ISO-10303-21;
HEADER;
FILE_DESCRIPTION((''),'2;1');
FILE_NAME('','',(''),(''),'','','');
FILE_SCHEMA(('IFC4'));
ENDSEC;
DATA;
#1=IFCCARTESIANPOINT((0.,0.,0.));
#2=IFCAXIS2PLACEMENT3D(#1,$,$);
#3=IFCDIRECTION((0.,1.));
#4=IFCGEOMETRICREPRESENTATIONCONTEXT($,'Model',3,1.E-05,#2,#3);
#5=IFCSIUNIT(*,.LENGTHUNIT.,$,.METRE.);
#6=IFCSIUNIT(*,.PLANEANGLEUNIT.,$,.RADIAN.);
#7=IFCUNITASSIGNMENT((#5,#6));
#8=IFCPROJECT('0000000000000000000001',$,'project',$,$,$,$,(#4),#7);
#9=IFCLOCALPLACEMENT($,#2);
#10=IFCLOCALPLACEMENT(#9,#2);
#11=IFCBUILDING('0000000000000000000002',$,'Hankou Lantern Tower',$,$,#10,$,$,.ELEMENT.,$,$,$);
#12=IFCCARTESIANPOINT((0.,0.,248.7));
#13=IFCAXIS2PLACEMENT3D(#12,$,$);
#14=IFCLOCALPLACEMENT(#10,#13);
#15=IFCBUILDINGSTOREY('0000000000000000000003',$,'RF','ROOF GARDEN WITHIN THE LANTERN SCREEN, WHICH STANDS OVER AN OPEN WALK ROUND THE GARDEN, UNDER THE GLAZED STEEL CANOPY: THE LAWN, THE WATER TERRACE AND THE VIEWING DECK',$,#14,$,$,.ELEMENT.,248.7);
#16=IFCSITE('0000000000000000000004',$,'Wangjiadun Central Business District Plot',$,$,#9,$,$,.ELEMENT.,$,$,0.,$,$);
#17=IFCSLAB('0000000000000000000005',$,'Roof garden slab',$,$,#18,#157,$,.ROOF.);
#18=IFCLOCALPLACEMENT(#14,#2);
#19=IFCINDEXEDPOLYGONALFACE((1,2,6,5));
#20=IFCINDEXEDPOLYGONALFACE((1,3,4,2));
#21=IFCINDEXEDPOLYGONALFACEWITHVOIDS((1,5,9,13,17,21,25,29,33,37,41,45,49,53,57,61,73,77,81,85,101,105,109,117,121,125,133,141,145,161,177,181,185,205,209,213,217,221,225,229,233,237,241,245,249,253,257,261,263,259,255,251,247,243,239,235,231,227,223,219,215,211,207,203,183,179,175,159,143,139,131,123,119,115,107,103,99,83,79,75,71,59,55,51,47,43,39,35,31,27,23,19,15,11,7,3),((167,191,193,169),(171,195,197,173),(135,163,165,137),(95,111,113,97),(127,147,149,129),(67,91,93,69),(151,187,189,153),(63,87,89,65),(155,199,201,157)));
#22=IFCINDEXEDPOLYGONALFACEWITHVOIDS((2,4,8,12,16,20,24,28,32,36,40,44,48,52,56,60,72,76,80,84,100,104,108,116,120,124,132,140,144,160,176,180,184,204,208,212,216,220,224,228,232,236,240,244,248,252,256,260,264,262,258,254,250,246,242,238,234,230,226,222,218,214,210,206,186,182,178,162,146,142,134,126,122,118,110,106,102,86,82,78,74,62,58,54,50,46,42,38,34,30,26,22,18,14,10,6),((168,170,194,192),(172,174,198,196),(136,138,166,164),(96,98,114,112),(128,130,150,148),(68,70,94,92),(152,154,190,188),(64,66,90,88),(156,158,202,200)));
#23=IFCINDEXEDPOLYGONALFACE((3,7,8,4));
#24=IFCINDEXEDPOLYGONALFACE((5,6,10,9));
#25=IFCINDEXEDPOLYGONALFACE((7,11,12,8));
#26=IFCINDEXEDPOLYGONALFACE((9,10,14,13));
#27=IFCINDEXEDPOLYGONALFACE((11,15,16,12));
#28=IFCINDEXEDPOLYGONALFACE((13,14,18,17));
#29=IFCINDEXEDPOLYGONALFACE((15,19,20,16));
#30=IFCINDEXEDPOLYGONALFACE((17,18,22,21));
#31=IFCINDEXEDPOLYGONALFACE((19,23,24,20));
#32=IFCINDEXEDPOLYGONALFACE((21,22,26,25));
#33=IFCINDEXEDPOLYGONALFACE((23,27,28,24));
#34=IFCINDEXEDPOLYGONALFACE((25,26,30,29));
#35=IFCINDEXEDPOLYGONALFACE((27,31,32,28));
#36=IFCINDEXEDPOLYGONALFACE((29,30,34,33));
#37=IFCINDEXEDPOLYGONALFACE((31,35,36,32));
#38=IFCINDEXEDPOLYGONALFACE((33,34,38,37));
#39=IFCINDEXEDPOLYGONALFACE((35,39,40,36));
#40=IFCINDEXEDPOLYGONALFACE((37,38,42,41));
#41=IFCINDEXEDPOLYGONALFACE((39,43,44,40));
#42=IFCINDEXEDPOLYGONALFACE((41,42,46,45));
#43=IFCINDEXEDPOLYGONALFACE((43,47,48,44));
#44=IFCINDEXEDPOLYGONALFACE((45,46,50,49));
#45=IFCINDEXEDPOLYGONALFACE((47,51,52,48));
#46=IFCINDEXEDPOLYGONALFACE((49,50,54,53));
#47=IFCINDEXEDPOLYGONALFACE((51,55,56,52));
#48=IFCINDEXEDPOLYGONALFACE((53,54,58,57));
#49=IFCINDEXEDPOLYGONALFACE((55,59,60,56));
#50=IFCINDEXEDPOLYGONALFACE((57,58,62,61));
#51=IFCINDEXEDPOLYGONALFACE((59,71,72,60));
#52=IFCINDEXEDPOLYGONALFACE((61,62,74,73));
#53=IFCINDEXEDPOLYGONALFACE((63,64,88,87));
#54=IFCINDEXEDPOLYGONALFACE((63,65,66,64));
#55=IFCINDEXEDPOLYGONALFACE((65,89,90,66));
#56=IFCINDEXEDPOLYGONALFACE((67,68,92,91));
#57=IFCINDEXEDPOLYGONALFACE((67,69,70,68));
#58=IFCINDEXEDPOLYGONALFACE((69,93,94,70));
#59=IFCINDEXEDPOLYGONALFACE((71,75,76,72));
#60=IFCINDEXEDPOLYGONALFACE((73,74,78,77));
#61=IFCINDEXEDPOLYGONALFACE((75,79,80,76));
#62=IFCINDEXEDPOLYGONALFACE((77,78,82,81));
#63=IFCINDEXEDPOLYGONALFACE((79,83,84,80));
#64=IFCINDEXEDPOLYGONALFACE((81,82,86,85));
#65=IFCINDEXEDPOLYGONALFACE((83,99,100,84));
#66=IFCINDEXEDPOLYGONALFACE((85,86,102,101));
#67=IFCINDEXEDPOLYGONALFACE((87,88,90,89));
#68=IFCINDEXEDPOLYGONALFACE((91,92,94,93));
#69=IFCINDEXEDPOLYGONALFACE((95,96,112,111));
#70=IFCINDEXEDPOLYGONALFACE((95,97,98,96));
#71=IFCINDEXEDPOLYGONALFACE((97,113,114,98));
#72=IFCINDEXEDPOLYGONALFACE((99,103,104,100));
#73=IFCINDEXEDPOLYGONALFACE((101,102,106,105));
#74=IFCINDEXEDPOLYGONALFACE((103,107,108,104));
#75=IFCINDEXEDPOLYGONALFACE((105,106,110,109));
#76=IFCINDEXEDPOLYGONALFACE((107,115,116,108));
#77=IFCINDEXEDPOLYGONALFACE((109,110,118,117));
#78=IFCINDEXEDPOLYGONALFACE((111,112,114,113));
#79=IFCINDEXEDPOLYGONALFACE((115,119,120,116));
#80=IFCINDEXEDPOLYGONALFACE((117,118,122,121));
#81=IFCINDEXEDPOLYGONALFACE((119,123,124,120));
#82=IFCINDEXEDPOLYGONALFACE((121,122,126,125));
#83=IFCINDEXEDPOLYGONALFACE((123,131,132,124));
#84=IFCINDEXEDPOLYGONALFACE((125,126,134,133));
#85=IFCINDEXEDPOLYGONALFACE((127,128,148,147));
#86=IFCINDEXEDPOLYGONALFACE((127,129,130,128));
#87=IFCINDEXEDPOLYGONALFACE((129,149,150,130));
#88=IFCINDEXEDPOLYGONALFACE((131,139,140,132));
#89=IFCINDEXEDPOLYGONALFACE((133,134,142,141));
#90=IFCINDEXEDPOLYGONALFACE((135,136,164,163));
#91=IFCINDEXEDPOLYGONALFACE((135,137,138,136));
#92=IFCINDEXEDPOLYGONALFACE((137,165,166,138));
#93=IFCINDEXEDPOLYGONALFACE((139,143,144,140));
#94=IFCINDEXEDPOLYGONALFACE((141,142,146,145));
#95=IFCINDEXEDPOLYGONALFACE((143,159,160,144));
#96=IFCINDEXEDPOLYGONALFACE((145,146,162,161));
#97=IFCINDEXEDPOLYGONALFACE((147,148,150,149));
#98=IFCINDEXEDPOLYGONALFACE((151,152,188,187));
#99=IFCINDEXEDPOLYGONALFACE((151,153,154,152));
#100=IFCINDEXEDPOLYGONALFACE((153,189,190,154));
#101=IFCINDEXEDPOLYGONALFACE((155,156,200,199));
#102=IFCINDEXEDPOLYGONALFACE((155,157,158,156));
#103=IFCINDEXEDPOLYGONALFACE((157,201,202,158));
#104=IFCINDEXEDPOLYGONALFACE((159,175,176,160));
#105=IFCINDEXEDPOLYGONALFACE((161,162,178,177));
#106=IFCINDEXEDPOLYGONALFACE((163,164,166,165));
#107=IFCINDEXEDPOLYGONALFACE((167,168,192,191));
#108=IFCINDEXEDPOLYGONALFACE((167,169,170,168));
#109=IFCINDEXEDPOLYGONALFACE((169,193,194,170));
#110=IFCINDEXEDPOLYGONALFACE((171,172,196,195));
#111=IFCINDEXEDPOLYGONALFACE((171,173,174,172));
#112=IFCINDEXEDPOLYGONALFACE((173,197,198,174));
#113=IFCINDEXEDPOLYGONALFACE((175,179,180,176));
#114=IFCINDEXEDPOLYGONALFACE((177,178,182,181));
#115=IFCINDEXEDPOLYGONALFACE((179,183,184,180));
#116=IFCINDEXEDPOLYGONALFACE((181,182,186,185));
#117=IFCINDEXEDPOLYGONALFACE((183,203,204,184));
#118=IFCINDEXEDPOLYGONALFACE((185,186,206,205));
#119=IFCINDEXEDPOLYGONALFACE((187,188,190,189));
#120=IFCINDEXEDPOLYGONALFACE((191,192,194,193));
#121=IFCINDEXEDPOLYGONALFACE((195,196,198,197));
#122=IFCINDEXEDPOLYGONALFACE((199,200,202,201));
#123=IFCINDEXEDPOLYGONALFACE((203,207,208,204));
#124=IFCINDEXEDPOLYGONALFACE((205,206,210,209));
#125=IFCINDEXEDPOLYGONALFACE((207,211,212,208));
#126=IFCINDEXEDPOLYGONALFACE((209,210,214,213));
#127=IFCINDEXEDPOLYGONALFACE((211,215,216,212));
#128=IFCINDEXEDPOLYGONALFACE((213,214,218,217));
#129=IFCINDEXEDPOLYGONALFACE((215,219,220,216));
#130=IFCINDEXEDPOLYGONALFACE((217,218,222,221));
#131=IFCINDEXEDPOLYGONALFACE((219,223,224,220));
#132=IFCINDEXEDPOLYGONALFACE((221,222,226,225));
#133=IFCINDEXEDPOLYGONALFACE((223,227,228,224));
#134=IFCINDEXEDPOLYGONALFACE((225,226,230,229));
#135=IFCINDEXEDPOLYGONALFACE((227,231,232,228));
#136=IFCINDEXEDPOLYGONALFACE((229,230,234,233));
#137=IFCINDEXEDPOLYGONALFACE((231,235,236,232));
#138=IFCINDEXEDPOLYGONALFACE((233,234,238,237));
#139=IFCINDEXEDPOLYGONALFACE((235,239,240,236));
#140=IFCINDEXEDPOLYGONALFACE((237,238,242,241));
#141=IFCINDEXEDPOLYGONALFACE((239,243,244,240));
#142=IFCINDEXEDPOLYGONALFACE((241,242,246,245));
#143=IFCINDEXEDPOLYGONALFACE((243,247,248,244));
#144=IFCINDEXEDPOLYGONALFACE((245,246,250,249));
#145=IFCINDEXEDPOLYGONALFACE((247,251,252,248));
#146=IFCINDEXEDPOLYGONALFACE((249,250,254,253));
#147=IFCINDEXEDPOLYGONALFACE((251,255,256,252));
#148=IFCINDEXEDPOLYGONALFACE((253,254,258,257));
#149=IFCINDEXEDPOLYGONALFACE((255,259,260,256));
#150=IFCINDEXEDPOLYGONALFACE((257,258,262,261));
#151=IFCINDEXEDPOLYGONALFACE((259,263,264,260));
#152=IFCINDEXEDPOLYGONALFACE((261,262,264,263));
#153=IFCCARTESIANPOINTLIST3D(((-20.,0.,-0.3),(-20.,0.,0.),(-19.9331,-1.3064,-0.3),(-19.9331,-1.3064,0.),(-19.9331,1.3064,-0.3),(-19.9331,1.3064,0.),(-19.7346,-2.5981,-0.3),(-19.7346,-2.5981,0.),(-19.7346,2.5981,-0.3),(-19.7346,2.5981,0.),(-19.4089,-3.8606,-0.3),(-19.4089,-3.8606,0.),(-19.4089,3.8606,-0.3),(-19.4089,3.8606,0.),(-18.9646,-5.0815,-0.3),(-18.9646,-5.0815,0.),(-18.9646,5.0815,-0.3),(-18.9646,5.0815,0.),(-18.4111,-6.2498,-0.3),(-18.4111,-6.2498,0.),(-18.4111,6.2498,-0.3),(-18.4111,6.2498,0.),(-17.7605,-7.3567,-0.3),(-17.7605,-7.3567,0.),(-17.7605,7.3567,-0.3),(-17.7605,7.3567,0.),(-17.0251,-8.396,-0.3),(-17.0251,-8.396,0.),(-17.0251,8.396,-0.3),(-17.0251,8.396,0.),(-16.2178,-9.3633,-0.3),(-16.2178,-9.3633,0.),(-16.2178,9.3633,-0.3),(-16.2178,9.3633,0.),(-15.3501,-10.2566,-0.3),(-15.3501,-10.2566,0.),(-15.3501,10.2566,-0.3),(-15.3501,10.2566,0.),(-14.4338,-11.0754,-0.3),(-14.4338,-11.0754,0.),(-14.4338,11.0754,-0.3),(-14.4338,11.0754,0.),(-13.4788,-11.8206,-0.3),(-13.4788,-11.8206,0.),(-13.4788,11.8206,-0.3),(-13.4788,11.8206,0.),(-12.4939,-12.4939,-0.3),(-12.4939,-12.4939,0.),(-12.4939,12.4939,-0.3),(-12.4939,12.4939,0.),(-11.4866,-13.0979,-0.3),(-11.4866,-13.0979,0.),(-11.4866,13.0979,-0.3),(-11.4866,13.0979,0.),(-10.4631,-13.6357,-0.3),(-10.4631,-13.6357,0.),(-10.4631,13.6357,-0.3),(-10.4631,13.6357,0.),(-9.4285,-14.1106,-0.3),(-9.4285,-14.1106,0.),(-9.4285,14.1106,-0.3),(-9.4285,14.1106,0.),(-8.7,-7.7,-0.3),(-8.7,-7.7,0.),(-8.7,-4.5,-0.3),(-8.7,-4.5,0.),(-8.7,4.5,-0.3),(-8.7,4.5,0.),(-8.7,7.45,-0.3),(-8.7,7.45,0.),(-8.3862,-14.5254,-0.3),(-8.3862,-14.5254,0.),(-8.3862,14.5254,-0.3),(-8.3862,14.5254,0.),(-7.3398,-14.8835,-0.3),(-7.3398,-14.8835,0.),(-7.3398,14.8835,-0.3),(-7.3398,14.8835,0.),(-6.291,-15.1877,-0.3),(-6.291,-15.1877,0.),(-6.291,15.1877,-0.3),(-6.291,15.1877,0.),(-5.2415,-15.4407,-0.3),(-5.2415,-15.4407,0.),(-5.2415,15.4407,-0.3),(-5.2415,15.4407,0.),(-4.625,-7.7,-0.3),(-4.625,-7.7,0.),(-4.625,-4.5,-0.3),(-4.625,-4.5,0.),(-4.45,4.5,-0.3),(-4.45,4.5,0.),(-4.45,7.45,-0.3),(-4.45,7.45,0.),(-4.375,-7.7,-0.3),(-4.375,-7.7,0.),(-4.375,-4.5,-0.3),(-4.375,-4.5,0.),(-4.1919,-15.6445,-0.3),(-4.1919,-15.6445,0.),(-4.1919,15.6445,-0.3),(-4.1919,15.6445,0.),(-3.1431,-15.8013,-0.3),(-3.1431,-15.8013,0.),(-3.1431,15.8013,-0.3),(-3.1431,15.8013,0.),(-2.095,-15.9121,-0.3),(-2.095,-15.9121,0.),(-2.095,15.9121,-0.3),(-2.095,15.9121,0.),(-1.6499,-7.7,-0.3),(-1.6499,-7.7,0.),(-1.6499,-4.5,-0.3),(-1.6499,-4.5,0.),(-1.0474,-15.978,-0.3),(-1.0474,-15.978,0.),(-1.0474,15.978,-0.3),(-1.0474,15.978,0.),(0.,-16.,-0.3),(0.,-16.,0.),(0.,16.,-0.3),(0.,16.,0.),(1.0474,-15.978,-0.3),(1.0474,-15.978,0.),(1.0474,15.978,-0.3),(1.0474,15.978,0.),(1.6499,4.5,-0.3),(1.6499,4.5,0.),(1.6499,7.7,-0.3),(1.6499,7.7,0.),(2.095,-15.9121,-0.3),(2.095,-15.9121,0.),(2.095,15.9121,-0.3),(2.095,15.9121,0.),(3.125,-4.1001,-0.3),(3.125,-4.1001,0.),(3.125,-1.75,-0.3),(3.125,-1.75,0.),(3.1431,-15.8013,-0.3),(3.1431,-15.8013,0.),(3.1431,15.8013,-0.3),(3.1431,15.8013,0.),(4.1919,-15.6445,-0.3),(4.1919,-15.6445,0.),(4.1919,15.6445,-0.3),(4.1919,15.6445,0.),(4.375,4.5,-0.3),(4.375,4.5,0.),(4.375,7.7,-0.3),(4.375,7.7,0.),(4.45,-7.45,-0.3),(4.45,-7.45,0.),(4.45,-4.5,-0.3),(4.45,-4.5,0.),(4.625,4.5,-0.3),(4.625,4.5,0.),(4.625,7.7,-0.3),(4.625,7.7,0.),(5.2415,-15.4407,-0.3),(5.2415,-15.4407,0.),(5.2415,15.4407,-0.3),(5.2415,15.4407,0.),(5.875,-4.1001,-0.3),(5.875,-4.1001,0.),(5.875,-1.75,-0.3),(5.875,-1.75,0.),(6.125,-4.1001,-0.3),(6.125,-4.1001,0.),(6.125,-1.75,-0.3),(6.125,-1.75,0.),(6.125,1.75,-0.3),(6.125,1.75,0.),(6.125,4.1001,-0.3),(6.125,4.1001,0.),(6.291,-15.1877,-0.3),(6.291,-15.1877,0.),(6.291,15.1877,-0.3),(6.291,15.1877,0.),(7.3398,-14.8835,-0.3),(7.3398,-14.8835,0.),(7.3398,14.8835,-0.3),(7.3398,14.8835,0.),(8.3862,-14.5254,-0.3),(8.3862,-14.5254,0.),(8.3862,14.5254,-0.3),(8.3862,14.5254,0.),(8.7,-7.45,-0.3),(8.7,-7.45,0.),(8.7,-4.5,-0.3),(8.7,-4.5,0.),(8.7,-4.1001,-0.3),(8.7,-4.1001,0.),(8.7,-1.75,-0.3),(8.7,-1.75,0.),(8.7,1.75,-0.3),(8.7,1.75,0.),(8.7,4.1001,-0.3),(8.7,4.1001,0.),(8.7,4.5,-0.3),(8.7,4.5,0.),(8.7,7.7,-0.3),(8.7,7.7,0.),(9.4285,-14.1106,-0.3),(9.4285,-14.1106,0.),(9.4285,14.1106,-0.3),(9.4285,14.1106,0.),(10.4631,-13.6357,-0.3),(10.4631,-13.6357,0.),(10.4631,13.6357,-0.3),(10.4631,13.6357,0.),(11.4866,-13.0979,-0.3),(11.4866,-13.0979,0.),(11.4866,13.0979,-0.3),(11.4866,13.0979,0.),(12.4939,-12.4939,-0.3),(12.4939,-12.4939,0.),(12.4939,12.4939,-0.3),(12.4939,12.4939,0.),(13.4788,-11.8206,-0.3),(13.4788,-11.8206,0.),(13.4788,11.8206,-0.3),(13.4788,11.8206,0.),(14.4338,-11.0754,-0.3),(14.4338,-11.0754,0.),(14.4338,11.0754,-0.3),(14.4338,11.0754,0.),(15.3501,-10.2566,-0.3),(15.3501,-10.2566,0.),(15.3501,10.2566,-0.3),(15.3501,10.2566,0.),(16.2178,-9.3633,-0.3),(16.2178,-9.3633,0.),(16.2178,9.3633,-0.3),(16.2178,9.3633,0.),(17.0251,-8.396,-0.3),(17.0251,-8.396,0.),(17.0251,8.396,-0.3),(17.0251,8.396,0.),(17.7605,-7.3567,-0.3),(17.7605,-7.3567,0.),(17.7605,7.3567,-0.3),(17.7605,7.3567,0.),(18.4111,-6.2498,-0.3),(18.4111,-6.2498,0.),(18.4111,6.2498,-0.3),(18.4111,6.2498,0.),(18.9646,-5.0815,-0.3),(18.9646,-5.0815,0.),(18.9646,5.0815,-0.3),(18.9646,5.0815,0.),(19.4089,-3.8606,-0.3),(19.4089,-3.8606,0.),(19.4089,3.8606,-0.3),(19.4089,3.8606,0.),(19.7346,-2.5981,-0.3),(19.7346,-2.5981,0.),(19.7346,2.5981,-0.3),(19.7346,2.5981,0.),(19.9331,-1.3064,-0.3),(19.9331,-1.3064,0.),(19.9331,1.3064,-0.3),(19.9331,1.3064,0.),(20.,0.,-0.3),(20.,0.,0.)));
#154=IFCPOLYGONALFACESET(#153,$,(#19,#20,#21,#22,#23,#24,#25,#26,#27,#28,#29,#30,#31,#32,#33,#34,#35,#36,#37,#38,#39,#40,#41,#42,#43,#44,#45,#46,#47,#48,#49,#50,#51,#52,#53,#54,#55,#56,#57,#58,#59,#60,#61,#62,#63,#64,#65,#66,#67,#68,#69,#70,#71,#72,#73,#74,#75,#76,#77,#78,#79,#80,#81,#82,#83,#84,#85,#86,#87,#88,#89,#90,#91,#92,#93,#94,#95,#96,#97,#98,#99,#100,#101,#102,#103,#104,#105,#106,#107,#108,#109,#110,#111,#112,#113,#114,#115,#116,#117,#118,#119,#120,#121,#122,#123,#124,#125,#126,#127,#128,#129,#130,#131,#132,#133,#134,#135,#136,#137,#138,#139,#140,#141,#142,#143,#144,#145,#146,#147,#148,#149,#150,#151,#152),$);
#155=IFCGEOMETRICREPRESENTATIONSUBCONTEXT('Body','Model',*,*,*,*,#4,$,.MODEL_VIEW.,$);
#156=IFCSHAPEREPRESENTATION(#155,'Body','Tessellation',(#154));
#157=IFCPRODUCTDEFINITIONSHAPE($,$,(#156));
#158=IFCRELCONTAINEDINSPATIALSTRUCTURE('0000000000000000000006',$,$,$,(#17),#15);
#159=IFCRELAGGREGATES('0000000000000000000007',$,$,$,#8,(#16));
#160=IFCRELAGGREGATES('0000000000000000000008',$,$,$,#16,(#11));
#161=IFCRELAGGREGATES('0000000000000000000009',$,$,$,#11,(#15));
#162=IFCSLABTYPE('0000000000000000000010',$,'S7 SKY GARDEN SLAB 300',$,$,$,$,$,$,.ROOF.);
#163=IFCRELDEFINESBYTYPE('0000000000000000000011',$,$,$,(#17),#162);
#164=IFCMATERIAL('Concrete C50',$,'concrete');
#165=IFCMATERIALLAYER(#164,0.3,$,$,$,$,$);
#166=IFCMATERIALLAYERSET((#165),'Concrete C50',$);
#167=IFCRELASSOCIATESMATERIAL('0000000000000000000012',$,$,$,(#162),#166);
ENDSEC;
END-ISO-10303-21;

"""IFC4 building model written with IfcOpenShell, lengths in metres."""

from ifc_helpers import new_model, si_unit, direction, frame, origin, place, context, subcontext, project, spatial, polyline, outline, extrude, material, layer, layer_set, type_object, element, save


model = new_model("IFC4")

# Units and contexts
model_context = context("Model", 3, precision=1e-05, world=origin(), true_north=direction((0.0, 1.0)))
body_context = subcontext(model_context, "Body", "Model", "MODEL_VIEW")
ifc_project = project(units=[si_unit("LENGTHUNIT", "METRE"), si_unit("PLANEANGLEUNIT", "RADIAN")], contexts=[model_context])

# Site, building, storey
site_placement = place(None, origin())
site = spatial("IfcSite", under=ifc_project, at=site_placement, Name="Wangjiadun Central Business District Plot", CompositionType="ELEMENT", RefElevation=0.0)
building_placement = place(site_placement, origin())
building = spatial("IfcBuilding", under=site, at=building_placement, Name="Hankou Lantern Tower", CompositionType="ELEMENT")
storey_placement = place(building_placement, frame((0.0, 0.0, 248.7)))
storey = spatial("IfcBuildingStorey", under=building, at=storey_placement, Name="RF", Description="ROOF GARDEN WITHIN THE LANTERN SCREEN, WHICH STANDS OVER AN OPEN WALK ROUND THE GARDEN, UNDER THE GLAZED STEEL CANOPY: THE LAWN, THE WATER TERRACE AND THE VIEWING DECK", CompositionType="ELEMENT", Elevation=248.7)

# Slab
ifc_material_1 = material(Name="Concrete C50", Category="concrete")
ifc_layer_1 = layer(ifc_material_1, 0.3)
ifc_layer_set_1 = layer_set([ifc_layer_1], Name="Concrete C50")
slab_type = type_object("IfcSlabType", Name="S7 SKY GARDEN SLAB 300", PredefinedType="ROOF", material=ifc_layer_set_1)
slab_placement = place(storey_placement, frame((0.0, 0.0, -0.3)))
element("IfcSlab", 1, at=slab_placement, inside=storey, type_object=slab_type, Name="Roof garden slab", PredefinedType="ROOF", context=body_context, shape_type="SweptSolid", body=[
    extrude(outline(polyline([(20.0, 0.0), (19.9331, 1.3064), (19.7346, 2.5981), (19.4089, 3.8606), (18.9646, 5.0815), (18.4111, 6.2498), (17.7605, 7.3567), (17.0251, 8.396), (16.2178, 9.3633), (15.3501, 10.2566), (14.4338, 11.0754), (13.4788, 11.8206), (12.4939, 12.4939), (11.4866, 13.0979), (10.4631, 13.6357), (9.4285, 14.1106), (8.3862, 14.5254), (7.3398, 14.8835), (6.291, 15.1877), (5.2415, 15.4407), (4.1919, 15.6445), (3.1431, 15.8013), (2.095, 15.9121), (1.0474, 15.978), (0.0, 16.0), (-1.0474, 15.978), (-2.095, 15.9121), (-3.1431, 15.8013), (-4.1919, 15.6445), (-5.2415, 15.4407), (-6.291, 15.1877), (-7.3398, 14.8835), (-8.3862, 14.5254), (-9.4285, 14.1106), (-10.4631, 13.6357), (-11.4866, 13.0979), (-12.4939, 12.4939), (-13.4788, 11.8206), (-14.4338, 11.0754), (-15.3501, 10.2566), (-16.2178, 9.3633), (-17.0251, 8.396), (-17.7605, 7.3567), (-18.4111, 6.2498), (-18.9646, 5.0815), (-19.4089, 3.8606), (-19.7346, 2.5981), (-19.9331, 1.3064), (-20.0, 0.0), (-19.9331, -1.3064), (-19.7346, -2.5981), (-19.4089, -3.8606), (-18.9646, -5.0815), (-18.4111, -6.2498), (-17.7605, -7.3567), (-17.0251, -8.396), (-16.2178, -9.3633), (-15.3501, -10.2566), (-14.4338, -11.0754), (-13.4788, -11.8206), (-12.4939, -12.4939), (-11.4866, -13.0979), (-10.4631, -13.6357), (-9.4285, -14.1106), (-8.3862, -14.5254), (-7.3398, -14.8835), (-6.291, -15.1877), (-5.2415, -15.4407), (-4.1919, -15.6445), (-3.1431, -15.8013), (-2.095, -15.9121), (-1.0474, -15.978), (0.0, -16.0), (1.0474, -15.978), (2.095, -15.9121), (3.1431, -15.8013), (4.1919, -15.6445), (5.2415, -15.4407), (6.291, -15.1877), (7.3398, -14.8835), (8.3862, -14.5254), (9.4285, -14.1106), (10.4631, -13.6357), (11.4866, -13.0979), (12.4939, -12.4939), (13.4788, -11.8206), (14.4338, -11.0754), (15.3501, -10.2566), (16.2178, -9.3633), (17.0251, -8.396), (17.7605, -7.3567), (18.4111, -6.2498), (18.9646, -5.0815), (19.4089, -3.8606), (19.7346, -2.5981), (19.9331, -1.3064), (20.0, 0.0)]), holes=[polyline([(6.125, 4.1001), (8.7, 4.1001), (8.7, 1.75), (6.125, 1.75), (6.125, 4.1001)]), polyline([(3.125, -1.75), (5.875, -1.75), (5.875, -4.1001), (3.125, -4.1001), (3.125, -1.75)]), polyline([(6.125, -1.75), (8.7, -1.75), (8.7, -4.1001), (6.125, -4.1001), (6.125, -1.75)]), polyline([(1.6499, 7.7), (4.375, 7.7), (4.375, 4.5), (1.6499, 4.5), (1.6499, 7.7)]), polyline([(-4.375, -4.5), (-1.6499, -4.5), (-1.6499, -7.7), (-4.375, -7.7), (-4.375, -4.5)]), polyline([(-8.7, 7.45), (-4.45, 7.45), (-4.45, 4.5), (-8.7, 4.5), (-8.7, 7.45)]), polyline([(4.45, -4.5), (8.7, -4.5), (8.7, -7.45), (4.45, -7.45), (4.45, -4.5)]), polyline([(4.625, 7.7), (8.7, 7.7), (8.7, 4.5), (4.625, 4.5), (4.625, 7.7)]), polyline([(-8.7, -4.5), (-4.625, -4.5), (-4.625, -7.7), (-8.7, -7.7), (-8.7, -4.5)])]), origin(), (0.0, 0.0, 1.0), 0.3),
])

save(model, "model.ifc")
